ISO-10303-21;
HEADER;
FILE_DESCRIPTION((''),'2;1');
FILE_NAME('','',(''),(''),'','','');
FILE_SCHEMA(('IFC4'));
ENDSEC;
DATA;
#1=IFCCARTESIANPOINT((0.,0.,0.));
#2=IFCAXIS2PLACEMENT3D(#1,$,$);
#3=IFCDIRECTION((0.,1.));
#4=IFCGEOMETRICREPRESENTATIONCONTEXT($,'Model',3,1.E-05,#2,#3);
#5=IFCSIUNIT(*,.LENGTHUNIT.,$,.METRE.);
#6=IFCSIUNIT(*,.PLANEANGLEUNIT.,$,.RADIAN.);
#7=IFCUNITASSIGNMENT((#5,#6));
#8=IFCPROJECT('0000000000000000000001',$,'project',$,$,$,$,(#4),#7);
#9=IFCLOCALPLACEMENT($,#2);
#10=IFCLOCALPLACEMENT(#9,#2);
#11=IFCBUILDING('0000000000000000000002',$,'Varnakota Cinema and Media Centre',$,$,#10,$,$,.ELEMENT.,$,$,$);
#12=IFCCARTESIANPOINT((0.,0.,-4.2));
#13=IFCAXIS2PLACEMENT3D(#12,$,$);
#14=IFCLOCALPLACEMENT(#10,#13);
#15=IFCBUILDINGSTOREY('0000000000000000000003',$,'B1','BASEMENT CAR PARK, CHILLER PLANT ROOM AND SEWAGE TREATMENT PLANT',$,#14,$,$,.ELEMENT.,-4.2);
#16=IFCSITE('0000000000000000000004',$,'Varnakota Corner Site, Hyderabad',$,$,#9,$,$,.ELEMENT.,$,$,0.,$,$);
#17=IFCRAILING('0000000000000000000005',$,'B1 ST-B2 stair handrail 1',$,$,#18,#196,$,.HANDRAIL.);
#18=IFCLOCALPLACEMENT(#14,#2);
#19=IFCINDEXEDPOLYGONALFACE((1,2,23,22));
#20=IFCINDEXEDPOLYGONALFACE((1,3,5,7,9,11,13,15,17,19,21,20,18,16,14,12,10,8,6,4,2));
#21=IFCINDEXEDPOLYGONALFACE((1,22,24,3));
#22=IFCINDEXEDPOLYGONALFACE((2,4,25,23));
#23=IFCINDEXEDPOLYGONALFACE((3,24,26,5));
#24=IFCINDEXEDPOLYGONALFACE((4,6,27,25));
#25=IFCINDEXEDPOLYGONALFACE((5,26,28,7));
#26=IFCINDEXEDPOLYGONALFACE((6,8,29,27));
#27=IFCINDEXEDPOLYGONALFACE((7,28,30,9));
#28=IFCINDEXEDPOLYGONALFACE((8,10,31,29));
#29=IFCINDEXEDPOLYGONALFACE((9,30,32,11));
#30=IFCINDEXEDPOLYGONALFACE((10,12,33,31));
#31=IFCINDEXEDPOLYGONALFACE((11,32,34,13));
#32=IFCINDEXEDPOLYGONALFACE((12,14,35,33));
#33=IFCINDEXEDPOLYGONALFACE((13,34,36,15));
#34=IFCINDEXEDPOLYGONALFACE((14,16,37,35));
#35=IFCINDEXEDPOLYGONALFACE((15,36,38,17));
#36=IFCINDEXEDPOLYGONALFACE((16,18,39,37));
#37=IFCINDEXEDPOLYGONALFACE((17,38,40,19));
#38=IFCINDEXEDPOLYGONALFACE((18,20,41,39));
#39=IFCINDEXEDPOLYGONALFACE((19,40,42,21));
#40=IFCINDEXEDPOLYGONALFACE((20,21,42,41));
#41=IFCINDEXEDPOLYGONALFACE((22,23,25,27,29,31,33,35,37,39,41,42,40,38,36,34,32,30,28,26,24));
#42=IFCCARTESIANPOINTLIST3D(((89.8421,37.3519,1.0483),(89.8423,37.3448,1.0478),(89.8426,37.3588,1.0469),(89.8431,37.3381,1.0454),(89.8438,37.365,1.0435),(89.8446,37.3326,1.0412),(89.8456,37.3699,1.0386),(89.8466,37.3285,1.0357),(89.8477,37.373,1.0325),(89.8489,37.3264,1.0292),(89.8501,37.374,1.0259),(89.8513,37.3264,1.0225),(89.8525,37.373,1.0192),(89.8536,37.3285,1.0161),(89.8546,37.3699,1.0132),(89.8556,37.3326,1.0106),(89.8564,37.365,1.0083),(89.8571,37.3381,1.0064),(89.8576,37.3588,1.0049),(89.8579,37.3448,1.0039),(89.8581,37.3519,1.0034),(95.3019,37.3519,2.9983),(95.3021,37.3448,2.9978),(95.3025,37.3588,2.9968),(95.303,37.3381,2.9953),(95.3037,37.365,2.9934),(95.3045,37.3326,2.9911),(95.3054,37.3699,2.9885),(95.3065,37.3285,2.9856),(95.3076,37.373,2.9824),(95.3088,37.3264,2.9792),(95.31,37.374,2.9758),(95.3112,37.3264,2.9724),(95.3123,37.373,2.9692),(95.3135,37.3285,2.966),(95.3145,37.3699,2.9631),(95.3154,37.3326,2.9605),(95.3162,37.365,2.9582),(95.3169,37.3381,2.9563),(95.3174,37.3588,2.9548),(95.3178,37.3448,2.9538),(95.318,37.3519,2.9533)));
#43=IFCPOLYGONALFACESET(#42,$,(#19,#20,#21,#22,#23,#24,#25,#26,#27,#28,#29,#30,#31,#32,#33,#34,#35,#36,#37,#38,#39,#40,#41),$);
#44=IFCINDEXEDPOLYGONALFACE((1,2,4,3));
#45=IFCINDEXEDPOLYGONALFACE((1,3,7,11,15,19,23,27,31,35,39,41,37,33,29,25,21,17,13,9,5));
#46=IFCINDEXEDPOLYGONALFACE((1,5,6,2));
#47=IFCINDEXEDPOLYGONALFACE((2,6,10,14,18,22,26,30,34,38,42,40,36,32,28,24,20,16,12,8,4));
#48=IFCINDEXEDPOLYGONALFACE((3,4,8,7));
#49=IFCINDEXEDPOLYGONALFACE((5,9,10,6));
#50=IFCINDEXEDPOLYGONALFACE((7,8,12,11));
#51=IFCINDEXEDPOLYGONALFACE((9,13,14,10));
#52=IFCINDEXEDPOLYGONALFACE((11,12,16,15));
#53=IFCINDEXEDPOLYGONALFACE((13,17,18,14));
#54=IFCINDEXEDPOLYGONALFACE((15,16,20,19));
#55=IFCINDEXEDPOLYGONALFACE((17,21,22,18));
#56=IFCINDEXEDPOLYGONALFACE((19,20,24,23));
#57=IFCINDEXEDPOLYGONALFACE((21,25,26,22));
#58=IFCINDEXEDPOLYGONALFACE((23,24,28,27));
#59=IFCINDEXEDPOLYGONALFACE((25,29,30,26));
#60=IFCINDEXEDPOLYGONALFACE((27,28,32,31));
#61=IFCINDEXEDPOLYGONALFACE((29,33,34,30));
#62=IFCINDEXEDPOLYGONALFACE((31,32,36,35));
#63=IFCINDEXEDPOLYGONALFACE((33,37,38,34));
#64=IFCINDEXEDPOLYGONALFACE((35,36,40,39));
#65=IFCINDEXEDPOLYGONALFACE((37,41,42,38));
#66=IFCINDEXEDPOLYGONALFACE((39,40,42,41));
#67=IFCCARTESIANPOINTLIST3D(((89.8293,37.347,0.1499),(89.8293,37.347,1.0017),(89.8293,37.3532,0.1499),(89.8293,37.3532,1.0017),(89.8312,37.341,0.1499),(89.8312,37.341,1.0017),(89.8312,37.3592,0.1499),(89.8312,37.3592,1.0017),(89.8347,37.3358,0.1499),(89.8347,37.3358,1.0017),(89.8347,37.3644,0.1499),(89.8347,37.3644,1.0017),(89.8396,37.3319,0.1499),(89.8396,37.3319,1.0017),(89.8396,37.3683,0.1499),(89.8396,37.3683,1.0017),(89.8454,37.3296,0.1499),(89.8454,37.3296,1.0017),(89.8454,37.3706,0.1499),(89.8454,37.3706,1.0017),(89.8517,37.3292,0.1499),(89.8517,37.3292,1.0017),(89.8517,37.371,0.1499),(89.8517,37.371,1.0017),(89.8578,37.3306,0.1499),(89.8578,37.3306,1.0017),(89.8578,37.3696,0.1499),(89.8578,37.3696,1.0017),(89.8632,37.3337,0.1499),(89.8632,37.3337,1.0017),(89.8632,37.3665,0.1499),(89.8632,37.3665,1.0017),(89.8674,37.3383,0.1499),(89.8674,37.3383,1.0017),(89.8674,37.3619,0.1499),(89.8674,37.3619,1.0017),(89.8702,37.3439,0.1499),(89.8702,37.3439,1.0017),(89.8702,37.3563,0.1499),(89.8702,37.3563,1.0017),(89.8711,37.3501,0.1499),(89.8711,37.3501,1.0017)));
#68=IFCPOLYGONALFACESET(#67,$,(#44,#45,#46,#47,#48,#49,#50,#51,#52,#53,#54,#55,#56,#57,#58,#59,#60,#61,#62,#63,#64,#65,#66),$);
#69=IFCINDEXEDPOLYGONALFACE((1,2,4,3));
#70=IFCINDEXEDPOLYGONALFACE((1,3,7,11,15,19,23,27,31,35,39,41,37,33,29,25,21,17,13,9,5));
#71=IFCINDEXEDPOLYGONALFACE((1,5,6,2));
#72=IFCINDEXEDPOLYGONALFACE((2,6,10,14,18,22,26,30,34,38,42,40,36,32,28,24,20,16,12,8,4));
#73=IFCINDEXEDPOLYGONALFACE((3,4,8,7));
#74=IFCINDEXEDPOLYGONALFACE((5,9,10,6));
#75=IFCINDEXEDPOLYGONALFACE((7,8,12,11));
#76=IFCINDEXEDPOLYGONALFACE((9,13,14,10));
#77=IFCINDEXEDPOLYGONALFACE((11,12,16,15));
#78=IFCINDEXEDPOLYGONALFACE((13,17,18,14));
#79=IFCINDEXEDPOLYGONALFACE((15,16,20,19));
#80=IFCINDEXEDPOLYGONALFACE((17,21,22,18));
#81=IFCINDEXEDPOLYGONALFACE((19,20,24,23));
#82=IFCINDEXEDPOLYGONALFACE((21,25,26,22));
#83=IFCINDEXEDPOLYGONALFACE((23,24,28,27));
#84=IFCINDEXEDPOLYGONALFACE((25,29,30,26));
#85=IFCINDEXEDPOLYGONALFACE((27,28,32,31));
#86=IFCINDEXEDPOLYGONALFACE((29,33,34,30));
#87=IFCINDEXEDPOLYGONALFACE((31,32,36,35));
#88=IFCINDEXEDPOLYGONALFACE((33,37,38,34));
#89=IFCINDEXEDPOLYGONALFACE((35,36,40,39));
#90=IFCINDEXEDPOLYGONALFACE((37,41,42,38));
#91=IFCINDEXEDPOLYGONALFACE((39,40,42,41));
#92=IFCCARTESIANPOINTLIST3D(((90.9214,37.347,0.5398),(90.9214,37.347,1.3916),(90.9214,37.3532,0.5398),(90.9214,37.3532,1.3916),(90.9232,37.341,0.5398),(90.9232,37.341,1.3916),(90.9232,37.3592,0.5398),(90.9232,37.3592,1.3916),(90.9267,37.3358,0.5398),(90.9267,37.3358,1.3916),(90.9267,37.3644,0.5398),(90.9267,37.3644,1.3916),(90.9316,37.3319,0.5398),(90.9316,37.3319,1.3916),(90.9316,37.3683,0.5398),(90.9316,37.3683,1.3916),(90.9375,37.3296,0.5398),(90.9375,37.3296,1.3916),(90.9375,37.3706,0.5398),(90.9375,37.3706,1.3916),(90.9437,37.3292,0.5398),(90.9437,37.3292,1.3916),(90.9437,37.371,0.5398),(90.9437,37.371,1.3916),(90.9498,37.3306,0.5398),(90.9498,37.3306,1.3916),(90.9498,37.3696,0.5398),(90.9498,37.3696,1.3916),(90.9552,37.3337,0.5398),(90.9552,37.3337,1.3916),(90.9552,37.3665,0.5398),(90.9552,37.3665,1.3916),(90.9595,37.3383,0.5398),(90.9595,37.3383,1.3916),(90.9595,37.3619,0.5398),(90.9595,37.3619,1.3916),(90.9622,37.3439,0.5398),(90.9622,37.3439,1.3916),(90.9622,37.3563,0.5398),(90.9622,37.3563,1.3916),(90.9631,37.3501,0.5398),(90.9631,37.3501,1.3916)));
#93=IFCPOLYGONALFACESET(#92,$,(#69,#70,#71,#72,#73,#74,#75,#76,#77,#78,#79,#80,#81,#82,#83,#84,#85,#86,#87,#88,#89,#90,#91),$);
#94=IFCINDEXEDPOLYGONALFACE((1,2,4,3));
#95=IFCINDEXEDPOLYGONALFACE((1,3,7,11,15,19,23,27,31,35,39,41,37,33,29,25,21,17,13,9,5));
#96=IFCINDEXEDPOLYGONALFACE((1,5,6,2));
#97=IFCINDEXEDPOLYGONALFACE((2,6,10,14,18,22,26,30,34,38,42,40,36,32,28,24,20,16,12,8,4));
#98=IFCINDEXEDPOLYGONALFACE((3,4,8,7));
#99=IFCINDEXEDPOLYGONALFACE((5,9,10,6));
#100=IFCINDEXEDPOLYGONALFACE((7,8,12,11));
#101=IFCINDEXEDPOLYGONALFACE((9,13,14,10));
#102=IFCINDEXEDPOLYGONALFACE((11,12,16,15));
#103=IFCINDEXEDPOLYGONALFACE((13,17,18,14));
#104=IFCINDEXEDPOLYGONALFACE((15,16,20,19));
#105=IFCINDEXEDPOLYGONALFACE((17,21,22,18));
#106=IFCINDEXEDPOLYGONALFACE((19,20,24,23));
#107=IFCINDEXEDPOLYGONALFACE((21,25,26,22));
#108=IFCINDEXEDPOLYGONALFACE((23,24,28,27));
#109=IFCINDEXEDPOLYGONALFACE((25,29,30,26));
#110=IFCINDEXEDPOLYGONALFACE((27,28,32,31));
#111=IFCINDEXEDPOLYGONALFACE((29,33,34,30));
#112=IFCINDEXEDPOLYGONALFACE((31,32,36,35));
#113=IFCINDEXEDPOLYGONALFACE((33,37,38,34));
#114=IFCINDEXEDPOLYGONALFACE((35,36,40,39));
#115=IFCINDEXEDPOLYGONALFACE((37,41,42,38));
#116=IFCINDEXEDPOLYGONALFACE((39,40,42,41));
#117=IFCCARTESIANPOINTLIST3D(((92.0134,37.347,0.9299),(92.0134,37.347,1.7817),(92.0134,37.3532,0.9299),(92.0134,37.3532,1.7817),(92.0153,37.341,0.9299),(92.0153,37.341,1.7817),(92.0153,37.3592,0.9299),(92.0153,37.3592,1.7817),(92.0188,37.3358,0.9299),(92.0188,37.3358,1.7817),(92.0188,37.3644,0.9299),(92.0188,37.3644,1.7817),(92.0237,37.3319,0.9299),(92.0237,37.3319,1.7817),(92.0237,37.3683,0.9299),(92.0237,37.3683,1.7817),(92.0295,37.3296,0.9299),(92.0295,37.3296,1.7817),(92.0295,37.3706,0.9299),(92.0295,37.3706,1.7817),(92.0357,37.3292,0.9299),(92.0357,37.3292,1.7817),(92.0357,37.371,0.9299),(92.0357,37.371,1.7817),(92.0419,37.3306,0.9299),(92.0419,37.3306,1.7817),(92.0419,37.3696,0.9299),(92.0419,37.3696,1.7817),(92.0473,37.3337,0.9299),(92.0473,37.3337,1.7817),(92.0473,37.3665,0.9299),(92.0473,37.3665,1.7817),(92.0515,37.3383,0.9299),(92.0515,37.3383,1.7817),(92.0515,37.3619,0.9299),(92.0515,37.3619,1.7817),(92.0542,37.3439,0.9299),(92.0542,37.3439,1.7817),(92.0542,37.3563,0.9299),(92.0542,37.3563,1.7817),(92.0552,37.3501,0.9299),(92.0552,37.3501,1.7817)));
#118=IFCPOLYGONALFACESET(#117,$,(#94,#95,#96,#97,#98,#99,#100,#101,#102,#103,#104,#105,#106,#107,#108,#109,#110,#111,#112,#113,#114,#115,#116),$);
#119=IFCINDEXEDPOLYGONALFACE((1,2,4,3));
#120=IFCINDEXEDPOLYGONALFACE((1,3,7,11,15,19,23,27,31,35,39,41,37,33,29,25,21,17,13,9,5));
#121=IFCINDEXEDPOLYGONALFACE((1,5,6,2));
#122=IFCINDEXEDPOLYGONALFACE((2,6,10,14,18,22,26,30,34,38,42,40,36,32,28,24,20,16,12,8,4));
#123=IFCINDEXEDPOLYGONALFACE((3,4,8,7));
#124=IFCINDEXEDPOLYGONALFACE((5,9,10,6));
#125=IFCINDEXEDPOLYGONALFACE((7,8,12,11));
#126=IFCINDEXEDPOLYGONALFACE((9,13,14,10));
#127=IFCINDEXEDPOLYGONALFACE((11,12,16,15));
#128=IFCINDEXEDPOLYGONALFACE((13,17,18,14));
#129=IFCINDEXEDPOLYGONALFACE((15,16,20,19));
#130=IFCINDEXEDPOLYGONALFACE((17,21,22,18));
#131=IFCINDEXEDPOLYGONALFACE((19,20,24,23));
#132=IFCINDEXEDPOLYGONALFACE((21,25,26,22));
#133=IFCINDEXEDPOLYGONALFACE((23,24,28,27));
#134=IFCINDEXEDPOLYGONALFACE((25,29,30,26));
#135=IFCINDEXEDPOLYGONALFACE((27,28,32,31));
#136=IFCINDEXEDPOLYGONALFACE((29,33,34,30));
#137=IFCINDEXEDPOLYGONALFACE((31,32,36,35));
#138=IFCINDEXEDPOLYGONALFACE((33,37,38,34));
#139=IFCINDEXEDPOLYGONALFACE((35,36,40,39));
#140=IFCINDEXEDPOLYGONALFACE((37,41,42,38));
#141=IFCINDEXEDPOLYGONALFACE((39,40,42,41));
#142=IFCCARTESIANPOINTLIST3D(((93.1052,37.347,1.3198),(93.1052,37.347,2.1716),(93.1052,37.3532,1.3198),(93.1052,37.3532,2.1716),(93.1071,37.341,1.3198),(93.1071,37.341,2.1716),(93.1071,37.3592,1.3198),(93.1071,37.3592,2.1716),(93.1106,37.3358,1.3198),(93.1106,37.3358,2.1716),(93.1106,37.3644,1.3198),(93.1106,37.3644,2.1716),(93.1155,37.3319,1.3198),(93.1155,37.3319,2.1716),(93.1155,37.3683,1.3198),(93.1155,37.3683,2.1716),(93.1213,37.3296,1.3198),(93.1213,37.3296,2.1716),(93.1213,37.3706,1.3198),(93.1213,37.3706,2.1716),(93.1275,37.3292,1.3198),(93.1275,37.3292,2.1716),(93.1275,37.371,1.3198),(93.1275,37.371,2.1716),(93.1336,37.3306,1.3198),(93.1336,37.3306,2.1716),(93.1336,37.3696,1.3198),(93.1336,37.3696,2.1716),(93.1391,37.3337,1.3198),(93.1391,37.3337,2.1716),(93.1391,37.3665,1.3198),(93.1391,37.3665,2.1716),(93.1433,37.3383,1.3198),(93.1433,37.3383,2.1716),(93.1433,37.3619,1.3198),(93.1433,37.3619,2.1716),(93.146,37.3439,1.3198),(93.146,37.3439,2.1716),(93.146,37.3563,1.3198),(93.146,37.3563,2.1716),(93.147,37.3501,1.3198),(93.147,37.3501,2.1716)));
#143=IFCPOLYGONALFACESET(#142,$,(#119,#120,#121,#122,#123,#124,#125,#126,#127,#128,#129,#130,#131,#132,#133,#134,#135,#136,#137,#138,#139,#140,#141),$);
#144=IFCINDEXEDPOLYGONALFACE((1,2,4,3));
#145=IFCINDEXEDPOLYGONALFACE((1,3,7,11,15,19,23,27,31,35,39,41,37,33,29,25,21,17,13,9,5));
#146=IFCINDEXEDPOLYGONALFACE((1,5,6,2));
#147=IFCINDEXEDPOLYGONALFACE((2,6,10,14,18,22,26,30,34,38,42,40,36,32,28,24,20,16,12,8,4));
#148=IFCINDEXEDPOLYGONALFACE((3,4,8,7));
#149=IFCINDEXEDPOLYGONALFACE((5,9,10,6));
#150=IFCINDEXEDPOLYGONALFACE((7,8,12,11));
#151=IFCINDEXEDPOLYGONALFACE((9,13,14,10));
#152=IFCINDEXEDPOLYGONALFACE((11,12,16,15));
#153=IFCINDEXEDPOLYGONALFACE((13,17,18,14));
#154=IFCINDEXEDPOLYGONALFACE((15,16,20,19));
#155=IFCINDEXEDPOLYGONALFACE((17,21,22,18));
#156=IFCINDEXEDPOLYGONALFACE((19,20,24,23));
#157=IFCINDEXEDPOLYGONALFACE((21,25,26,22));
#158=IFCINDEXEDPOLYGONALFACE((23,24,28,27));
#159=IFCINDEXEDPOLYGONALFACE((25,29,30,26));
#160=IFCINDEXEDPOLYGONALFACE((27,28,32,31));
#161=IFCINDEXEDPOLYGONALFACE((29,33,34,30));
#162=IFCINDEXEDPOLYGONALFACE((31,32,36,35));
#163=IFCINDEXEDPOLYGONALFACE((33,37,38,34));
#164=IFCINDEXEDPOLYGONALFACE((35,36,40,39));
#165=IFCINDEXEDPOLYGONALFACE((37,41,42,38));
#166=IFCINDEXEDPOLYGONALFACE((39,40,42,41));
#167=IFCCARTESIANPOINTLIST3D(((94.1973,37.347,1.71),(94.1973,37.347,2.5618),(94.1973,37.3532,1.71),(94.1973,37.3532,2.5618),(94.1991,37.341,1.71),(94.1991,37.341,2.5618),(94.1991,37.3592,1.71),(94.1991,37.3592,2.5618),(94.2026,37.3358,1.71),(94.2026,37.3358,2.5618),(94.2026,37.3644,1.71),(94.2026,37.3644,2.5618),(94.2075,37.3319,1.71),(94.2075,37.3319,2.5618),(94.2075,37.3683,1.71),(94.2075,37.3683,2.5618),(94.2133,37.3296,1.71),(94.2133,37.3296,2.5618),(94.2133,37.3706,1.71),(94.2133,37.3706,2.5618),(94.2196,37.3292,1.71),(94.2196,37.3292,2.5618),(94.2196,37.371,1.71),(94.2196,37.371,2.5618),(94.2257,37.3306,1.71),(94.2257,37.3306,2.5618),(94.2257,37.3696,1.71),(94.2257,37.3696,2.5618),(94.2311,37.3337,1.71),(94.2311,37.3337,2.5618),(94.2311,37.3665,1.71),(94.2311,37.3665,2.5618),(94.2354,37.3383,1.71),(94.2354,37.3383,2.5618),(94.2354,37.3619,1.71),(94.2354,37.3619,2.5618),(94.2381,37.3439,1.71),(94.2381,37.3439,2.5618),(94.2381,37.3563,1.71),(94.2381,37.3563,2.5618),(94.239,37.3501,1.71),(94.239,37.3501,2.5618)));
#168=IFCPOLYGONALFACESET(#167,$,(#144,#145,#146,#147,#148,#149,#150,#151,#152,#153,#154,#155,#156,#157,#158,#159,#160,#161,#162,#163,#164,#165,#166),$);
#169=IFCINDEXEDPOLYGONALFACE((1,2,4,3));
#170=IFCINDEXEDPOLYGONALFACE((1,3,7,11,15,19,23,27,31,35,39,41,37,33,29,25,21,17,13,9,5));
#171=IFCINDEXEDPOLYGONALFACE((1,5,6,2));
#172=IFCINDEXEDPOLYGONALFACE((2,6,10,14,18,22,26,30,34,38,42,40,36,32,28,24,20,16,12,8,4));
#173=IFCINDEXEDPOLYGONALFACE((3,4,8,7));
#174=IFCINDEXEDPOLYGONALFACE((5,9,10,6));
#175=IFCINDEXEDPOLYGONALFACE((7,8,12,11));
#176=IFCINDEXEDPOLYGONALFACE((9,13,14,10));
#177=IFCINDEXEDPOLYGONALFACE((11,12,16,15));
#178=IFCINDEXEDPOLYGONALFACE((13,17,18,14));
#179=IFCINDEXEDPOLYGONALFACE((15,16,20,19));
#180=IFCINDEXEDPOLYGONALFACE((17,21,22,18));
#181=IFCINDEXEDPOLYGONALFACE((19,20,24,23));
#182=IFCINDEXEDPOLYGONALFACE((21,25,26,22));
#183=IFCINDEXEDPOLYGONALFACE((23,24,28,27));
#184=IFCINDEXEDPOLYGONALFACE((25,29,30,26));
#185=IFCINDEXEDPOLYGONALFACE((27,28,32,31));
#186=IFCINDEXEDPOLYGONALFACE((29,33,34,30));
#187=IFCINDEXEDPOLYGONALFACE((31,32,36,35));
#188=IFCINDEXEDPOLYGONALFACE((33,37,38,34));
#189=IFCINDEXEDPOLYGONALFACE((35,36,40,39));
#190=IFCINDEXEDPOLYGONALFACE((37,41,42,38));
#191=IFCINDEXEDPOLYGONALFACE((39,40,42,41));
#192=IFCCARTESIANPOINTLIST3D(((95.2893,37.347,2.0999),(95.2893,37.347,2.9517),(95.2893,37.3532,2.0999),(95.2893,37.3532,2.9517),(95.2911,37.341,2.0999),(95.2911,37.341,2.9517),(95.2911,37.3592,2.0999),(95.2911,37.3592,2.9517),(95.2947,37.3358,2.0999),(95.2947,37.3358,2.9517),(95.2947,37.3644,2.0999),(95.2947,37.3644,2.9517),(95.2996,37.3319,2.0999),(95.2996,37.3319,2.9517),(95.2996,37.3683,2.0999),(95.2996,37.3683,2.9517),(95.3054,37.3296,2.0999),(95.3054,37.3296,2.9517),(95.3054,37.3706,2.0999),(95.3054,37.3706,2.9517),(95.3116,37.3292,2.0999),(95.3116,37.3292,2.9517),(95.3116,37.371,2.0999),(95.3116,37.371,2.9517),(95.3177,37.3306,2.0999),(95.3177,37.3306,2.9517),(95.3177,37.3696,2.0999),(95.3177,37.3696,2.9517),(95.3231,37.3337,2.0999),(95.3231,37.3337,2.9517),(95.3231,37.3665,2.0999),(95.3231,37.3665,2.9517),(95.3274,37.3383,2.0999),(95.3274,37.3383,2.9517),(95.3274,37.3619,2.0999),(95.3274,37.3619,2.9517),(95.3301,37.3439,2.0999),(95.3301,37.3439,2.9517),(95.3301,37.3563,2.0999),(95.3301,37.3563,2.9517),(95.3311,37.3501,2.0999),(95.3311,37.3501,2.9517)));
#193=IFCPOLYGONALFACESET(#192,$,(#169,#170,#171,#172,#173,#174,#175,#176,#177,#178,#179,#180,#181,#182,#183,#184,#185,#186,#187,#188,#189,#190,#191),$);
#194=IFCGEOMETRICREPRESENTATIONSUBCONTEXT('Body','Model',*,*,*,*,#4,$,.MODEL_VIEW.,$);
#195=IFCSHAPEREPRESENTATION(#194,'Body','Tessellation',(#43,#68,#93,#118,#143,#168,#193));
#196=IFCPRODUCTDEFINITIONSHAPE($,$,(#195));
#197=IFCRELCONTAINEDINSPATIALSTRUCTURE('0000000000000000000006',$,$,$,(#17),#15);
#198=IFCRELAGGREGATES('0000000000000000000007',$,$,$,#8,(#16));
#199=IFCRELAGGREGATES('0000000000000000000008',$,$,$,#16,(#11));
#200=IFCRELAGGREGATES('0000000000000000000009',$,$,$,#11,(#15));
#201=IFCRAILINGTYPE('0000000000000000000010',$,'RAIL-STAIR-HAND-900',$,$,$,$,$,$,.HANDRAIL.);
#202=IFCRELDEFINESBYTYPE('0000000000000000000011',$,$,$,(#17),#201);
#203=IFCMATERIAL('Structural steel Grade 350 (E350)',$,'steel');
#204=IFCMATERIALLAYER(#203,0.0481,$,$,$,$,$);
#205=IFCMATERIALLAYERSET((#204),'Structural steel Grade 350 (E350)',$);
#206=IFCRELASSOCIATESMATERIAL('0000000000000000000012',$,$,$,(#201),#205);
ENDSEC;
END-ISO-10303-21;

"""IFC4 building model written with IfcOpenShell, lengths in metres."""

from ifc_helpers import new_model, si_unit, direction, frame, origin, origin_2d, place, context, subcontext, project, spatial, circle, extrude, material, layer, layer_set, type_object, element, save


model = new_model("IFC4")

# Units and contexts
model_context = context("Model", 3, precision=1e-05, world=origin(), true_north=direction((0.0, 1.0)))
body_context = subcontext(model_context, "Body", "Model", "MODEL_VIEW")
ifc_project = project(units=[si_unit("LENGTHUNIT", "METRE"), si_unit("PLANEANGLEUNIT", "RADIAN")], contexts=[model_context])

# Site, building, storey
site_placement = place(None, origin())
site = spatial("IfcSite", under=ifc_project, at=site_placement, Name="Varnakota Corner Site, Hyderabad", CompositionType="ELEMENT", RefElevation=0.0)
building_placement = place(site_placement, origin())
building = spatial("IfcBuilding", under=site, at=building_placement, Name="Varnakota Cinema and Media Centre", CompositionType="ELEMENT")
storey_placement = place(building_placement, frame((0.0, 0.0, -4.2)))
storey = spatial("IfcBuildingStorey", under=building, at=storey_placement, Name="B1", Description="BASEMENT CAR PARK, CHILLER PLANT ROOM AND SEWAGE TREATMENT PLANT", CompositionType="ELEMENT", Elevation=-4.2)

# Railing
ifc_material_1 = material(Name="Structural steel Grade 350 (E350)", Category="steel")
ifc_layer_1 = layer(ifc_material_1, 0.0481)
ifc_layer_set_1 = layer_set([ifc_layer_1], Name="Structural steel Grade 350 (E350)")
railing_type_1 = type_object("IfcRailingType", Name="RAIL-STAIR-HAND-900", PredefinedType="HANDRAIL", material=ifc_layer_set_1)
railing_1_placement = place(storey_placement, frame((89.8501, 37.3501, 0.1499)))
element("IfcRailing", 1, at=railing_1_placement, inside=storey, type_object=railing_type_1, Name="B1 ST-B2 stair handrail 1", PredefinedType="HANDRAIL", context=body_context, shape_type="SweptSolid", body=[
    extrude(circle(Radius=0.0239, at=origin_2d()), frame((0.0, 0.0, 0.876), z_axis=(0.941744, 0.0, 0.336331), x_axis=(0.0, 1.0, 0.0)), (0.0, 0.0, 1.0), 5.7976),
    extrude(circle(Radius=0.021, at=origin_2d()), origin(), (0.0, 0.0, 1.0), 0.8518),
    extrude(circle(Radius=0.021, at=origin_2d()), frame((1.092, 0.0, 0.3899)), (0.0, 0.0, 1.0), 0.8518),
    extrude(circle(Radius=0.021, at=origin_2d()), frame((2.1841, 0.0, 0.78)), (0.0, 0.0, 1.0), 0.8518),
    extrude(circle(Radius=0.021, at=origin_2d()), frame((3.2759, 0.0, 1.1699)), (0.0, 0.0, 1.0), 0.8518),
    extrude(circle(Radius=0.021, at=origin_2d()), frame((4.3679, 0.0, 1.5601)), (0.0, 0.0, 1.0), 0.8518),
    extrude(circle(Radius=0.021, at=origin_2d()), frame((5.46, 0.0, 1.95)), (0.0, 0.0, 1.0), 0.8518),
])

save(model, "model.ifc")
